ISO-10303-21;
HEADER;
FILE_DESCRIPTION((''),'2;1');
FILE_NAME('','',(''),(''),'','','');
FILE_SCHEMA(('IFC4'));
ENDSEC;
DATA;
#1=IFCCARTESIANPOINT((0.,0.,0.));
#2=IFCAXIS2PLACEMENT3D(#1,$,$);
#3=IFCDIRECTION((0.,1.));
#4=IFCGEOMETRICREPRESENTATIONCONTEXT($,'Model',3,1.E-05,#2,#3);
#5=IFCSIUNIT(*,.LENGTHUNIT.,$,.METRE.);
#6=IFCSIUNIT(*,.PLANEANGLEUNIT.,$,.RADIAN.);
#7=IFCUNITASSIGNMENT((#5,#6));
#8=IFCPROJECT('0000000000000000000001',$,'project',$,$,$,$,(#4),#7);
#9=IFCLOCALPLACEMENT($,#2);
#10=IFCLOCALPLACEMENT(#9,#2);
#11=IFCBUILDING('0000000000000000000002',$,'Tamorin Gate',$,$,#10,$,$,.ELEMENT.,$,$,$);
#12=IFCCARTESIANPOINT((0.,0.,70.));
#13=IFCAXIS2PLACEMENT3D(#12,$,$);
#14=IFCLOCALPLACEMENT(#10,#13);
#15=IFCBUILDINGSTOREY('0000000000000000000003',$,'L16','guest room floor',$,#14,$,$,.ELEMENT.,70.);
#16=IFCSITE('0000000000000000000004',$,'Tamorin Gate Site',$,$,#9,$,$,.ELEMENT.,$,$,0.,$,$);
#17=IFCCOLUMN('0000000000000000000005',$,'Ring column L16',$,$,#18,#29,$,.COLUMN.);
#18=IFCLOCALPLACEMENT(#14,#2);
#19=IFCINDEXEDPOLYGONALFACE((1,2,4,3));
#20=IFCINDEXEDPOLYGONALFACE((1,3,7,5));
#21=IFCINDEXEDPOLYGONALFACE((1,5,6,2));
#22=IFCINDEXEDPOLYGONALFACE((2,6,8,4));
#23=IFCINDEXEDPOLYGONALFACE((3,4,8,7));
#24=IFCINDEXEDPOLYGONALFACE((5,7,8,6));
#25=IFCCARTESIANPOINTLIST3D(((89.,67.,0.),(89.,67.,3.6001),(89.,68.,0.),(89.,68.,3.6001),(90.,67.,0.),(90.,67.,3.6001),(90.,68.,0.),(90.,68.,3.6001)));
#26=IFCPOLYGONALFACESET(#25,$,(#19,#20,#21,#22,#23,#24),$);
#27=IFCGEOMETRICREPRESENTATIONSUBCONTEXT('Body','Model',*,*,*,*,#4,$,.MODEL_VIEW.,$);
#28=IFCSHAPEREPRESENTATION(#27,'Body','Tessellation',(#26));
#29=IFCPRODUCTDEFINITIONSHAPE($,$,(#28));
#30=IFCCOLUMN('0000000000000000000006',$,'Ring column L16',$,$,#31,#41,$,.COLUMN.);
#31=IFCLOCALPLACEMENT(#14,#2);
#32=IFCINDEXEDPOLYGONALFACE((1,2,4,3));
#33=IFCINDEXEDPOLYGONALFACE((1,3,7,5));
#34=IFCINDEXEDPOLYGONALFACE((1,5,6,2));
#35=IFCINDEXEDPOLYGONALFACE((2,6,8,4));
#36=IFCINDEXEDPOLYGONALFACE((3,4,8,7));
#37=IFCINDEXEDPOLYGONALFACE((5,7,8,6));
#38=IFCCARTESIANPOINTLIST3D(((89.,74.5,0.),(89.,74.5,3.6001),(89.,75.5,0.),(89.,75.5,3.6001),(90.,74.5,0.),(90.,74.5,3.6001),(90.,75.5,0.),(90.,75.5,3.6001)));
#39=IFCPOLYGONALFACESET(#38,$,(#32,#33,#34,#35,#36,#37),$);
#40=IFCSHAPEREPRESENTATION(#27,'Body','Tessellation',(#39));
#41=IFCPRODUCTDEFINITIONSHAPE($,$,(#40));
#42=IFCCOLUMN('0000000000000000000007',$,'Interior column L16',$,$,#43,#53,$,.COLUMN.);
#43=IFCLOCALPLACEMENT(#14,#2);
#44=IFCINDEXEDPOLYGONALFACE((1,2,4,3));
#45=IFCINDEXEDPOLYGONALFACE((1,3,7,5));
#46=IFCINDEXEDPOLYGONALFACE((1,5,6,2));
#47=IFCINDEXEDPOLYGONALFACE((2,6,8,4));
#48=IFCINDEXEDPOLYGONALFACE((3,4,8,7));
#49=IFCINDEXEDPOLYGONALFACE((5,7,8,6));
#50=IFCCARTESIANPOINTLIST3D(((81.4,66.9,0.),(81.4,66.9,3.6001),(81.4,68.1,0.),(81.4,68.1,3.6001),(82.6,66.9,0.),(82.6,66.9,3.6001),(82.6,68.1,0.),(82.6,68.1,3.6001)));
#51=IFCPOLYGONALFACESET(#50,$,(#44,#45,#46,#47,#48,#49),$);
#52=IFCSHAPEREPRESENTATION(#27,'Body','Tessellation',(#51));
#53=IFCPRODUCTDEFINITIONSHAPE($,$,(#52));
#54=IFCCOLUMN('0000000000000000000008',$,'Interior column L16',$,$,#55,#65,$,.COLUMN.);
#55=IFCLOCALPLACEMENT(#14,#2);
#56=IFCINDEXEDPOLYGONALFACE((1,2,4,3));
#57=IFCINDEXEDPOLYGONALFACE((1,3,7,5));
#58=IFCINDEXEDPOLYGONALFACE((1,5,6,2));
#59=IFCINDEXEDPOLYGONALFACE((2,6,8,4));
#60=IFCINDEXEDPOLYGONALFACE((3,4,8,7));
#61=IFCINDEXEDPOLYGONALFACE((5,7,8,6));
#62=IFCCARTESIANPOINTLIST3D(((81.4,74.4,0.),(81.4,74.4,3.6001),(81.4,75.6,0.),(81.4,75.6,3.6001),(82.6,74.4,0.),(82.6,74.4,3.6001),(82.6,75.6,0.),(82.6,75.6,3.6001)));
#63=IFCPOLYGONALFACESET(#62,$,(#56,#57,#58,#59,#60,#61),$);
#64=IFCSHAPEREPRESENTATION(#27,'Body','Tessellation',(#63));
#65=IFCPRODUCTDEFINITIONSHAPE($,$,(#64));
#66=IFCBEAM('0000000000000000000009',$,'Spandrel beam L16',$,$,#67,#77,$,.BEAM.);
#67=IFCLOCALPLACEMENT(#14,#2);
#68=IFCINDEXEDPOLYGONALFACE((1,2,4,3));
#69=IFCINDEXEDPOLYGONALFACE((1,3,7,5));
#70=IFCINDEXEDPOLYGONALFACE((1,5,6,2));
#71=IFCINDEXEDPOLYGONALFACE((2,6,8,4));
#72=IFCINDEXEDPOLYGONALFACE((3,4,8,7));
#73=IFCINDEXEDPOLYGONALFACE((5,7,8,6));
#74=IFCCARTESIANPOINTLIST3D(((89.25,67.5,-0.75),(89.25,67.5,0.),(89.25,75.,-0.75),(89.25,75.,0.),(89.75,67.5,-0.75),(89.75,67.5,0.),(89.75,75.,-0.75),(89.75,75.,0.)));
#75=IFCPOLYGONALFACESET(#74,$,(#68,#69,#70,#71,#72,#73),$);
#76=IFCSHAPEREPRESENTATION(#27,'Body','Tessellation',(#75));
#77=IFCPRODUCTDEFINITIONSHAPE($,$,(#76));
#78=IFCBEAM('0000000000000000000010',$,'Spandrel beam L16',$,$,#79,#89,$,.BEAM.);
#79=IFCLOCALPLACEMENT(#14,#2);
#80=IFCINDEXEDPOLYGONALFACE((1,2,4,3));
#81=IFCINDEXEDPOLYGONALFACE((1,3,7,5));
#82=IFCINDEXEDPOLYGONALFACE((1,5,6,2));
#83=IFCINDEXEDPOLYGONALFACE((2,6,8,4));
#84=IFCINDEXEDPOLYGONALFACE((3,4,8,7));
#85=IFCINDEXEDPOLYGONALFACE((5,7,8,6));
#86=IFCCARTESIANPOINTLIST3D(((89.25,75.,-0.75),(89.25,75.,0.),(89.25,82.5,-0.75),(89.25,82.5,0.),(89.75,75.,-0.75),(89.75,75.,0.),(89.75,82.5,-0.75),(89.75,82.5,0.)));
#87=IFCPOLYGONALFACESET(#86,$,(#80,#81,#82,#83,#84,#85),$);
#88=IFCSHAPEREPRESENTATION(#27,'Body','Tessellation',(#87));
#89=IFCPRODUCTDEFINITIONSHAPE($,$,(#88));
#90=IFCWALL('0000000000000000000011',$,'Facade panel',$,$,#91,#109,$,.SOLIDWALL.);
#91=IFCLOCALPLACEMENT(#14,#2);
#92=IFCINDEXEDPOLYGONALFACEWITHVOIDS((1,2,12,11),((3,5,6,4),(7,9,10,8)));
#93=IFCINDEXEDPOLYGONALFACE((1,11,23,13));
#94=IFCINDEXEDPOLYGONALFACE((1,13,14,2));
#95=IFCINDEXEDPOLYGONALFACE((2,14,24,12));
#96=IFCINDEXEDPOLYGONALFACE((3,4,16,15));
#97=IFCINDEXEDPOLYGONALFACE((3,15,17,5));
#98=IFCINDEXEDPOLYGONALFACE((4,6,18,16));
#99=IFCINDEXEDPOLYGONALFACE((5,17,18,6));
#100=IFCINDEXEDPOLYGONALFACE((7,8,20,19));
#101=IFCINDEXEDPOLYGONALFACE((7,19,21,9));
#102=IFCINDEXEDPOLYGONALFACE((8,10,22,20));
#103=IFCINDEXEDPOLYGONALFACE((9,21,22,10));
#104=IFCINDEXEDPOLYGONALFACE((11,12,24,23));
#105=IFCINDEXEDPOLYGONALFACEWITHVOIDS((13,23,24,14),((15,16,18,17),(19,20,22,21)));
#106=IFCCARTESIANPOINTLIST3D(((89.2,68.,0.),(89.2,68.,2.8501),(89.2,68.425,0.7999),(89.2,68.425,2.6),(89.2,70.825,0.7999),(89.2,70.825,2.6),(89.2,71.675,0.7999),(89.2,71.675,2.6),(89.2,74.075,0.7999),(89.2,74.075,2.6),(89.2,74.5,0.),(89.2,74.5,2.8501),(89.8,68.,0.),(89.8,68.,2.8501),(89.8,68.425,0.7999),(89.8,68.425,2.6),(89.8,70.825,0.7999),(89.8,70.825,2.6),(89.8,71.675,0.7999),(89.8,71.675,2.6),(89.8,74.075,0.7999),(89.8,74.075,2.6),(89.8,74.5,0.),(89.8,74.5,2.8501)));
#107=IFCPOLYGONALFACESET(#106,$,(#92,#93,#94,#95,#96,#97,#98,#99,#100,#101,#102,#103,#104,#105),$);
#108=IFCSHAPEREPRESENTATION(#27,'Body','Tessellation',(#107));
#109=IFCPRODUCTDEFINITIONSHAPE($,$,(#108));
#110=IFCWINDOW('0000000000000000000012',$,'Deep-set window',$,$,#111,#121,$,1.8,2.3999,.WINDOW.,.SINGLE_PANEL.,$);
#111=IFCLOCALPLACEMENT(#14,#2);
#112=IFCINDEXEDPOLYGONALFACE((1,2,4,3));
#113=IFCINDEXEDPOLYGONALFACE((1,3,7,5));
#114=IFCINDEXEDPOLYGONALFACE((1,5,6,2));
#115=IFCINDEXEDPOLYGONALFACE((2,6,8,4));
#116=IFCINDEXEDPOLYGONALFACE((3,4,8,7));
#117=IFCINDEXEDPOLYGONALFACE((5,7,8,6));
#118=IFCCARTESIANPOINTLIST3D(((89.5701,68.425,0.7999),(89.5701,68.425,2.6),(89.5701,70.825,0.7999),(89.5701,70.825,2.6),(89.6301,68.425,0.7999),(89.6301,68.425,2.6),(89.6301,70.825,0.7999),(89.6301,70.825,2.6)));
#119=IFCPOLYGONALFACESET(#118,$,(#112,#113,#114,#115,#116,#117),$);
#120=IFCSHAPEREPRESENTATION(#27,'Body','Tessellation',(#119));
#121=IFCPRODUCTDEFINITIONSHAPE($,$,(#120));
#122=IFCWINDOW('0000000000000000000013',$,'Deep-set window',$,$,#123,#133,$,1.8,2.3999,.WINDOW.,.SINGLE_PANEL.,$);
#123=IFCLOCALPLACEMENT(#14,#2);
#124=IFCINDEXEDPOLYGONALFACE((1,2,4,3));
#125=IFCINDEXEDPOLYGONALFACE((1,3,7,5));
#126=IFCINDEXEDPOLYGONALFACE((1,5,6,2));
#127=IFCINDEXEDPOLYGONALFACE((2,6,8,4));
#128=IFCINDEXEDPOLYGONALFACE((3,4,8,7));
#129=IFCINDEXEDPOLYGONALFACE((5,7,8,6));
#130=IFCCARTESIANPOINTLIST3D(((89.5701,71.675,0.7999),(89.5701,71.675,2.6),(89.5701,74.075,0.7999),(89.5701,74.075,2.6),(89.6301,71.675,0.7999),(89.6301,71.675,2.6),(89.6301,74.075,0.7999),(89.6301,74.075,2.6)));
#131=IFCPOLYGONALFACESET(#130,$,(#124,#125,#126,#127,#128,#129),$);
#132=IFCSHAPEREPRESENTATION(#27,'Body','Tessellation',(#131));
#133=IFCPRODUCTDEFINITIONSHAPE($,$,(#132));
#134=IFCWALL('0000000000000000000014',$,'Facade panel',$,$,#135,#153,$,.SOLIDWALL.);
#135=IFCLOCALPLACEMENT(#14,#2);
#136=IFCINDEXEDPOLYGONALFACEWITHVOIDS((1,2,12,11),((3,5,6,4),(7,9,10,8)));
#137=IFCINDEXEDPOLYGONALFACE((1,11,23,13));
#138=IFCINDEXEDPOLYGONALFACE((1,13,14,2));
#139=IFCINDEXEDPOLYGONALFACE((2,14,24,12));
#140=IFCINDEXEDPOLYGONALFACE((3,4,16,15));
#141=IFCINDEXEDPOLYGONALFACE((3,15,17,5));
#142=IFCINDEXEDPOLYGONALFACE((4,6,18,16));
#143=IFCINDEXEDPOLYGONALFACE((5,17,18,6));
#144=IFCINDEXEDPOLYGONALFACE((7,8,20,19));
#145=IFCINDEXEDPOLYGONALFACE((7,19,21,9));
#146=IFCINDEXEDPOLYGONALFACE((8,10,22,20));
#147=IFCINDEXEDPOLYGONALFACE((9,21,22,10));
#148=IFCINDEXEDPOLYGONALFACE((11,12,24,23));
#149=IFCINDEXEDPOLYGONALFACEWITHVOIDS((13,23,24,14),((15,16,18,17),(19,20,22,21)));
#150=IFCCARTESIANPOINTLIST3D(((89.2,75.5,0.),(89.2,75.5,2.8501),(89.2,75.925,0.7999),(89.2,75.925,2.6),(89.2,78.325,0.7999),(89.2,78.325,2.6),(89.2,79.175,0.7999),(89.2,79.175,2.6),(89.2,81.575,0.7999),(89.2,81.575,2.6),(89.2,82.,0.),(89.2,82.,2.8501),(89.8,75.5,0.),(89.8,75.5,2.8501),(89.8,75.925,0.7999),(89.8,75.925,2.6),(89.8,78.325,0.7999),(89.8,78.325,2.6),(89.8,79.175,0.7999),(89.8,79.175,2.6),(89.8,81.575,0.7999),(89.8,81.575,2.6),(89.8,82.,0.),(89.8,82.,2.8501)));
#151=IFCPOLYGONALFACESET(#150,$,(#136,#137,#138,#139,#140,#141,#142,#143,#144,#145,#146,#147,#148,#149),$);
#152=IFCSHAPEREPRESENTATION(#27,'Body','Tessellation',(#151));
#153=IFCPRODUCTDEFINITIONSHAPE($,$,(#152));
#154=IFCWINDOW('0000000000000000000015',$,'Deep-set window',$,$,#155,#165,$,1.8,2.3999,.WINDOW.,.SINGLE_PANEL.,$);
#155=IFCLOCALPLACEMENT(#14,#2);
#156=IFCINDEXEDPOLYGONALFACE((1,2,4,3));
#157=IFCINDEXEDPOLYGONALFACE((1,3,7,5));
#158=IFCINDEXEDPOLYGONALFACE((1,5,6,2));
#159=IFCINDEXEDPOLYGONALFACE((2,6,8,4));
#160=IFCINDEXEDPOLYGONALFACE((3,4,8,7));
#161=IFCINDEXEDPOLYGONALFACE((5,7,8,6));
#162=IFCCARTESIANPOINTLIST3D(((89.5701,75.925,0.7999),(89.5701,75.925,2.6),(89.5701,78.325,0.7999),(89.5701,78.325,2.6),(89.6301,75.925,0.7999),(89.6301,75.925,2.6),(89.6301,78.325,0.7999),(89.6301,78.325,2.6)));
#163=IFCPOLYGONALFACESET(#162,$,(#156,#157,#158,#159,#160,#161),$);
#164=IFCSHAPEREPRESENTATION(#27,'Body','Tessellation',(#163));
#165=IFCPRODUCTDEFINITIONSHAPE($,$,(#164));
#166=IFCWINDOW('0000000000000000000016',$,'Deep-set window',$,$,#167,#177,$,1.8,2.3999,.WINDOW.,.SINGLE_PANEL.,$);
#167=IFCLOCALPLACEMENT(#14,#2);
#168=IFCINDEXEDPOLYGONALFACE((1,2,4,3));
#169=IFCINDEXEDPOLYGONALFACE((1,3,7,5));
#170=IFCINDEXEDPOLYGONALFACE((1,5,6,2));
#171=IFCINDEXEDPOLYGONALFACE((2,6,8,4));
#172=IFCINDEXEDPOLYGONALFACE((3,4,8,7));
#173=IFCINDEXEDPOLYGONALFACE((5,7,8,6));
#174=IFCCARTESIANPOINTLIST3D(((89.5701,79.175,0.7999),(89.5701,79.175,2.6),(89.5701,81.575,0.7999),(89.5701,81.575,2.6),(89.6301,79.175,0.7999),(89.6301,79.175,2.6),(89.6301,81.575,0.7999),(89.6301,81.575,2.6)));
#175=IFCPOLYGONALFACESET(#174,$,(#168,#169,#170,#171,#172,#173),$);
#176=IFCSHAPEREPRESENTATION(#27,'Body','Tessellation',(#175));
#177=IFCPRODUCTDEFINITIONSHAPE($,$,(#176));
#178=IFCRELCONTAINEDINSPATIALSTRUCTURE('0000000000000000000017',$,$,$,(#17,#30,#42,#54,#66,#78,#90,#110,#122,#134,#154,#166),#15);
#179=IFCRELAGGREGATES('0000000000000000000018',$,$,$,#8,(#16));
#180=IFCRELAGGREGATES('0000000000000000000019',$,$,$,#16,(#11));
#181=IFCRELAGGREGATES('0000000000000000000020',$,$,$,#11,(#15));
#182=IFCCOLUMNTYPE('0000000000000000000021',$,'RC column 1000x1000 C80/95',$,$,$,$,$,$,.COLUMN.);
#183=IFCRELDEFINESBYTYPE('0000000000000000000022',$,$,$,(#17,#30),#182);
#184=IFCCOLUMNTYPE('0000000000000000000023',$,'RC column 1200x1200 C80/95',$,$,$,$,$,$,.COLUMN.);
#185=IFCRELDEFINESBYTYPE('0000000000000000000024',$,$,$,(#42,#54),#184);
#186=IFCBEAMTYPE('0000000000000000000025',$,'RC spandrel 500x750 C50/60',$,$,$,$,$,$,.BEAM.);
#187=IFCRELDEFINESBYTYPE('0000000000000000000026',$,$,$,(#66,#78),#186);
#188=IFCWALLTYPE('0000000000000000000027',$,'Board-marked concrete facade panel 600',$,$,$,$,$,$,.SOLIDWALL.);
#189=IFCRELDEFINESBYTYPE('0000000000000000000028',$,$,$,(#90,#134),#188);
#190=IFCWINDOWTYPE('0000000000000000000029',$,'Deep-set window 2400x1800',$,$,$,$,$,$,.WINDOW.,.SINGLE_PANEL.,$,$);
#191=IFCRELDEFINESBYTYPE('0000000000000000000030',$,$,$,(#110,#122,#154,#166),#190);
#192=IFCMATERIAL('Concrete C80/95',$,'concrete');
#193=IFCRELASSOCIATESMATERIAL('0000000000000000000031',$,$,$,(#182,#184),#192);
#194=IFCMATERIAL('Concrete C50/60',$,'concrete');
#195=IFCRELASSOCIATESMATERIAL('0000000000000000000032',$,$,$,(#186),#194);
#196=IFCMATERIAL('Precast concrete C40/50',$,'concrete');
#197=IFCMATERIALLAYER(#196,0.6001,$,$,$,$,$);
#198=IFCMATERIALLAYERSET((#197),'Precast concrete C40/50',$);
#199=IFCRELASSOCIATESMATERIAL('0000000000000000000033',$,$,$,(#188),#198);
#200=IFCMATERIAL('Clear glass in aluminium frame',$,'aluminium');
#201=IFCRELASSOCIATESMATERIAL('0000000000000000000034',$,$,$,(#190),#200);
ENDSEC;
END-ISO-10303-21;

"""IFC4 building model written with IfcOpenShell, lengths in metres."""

from ifc_helpers import new_model, si_unit, direction, frame, frame_2d, origin, origin_2d, place, context, subcontext, project, spatial, rectangle, extrude, material, layer, layer_set, material_profile, profile_set, type_object, element, fill, save


model = new_model("IFC4")

# Units and contexts
model_context = context("Model", 3, precision=1e-05, world=origin(), true_north=direction((0.0, 1.0)))
body_context = subcontext(model_context, "Body", "Model", "MODEL_VIEW")
ifc_project = project(units=[si_unit("LENGTHUNIT", "METRE"), si_unit("PLANEANGLEUNIT", "RADIAN")], contexts=[model_context])

# Site, building, storey
site_placement = place(None, origin())
site = spatial("IfcSite", under=ifc_project, at=site_placement, Name="Tamorin Gate Site", CompositionType="ELEMENT", RefElevation=0.0)
building_placement = place(site_placement, origin())
building = spatial("IfcBuilding", under=site, at=building_placement, Name="Tamorin Gate", CompositionType="ELEMENT")
storey_placement = place(building_placement, frame((0.0, 0.0, 70.0)))
storey = spatial("IfcBuildingStorey", under=building, at=storey_placement, Name="L16", Description="guest room floor", CompositionType="ELEMENT", Elevation=70.0)

# Columns
ifc_material_1 = material(Name="Concrete C80/95", Category="concrete")
ifc_material_profile_1 = material_profile(ifc_material_1, rectangle(XDim=1.0, YDim=1.0, at=origin_2d()), Name="RC 1000x1000")
ifc_profile_set_1 = profile_set([ifc_material_profile_1], Name="Concrete C80/95")
column_type_1 = type_object("IfcColumnType", Name="RC column 1000x1000 C80/95", PredefinedType="COLUMN", material=ifc_profile_set_1)
for number, where, z_axis, x_axis, name in (
    (1, (89.5, 67.5, 0.0), (0.0, 0.0, 1.0), (1.0, 0.0, 0.0), "Ring column L16"),
    (2, (89.5, 75.0, 0.0), (0.0, 0.0, 1.0), (1.0, 0.0, 0.0), "Ring column L16"),
):
    element("IfcColumn", number, at=place(storey_placement, frame(where, z_axis=z_axis, x_axis=x_axis)), inside=storey, type_object=column_type_1, Name=name, PredefinedType="COLUMN", context=body_context, shape_type="SweptSolid", body=[
        extrude(rectangle(XDim=1.0, YDim=1.0, at=origin_2d()), origin(), (0.0, 0.0, 1.0), 3.6001),
    ])
ifc_material_profile_2 = material_profile(ifc_material_1, rectangle(XDim=1.2, YDim=1.2, at=origin_2d()), Name="RC 1200x1200")
ifc_profile_set_2 = profile_set([ifc_material_profile_2], Name="Concrete C80/95")
column_type_2 = type_object("IfcColumnType", Name="RC column 1200x1200 C80/95", PredefinedType="COLUMN", material=ifc_profile_set_2)
for number, where, z_axis, x_axis, name in (
    (3, (82.0, 67.5, 0.0), (0.0, 0.0, 1.0), (1.0, 0.0, 0.0), "Interior column L16"),
    (4, (82.0, 75.0, 0.0), (0.0, 0.0, 1.0), (1.0, 0.0, 0.0), "Interior column L16"),
):
    element("IfcColumn", number, at=place(storey_placement, frame(where, z_axis=z_axis, x_axis=x_axis)), inside=storey, type_object=column_type_2, Name=name, PredefinedType="COLUMN", context=body_context, shape_type="SweptSolid", body=[
        extrude(rectangle(XDim=1.2, YDim=1.2, at=origin_2d()), origin(), (0.0, 0.0, 1.0), 3.6001),
    ])

# Beams
ifc_material_2 = material(Name="Concrete C50/60", Category="concrete")
ifc_material_profile_3 = material_profile(ifc_material_2, rectangle(XDim=0.5, YDim=0.75, at=origin_2d()), Name="RC 500x750")
ifc_profile_set_3 = profile_set([ifc_material_profile_3], Name="Concrete C50/60")
beam_type = type_object("IfcBeamType", Name="RC spandrel 500x750 C50/60", PredefinedType="BEAM", material=ifc_profile_set_3)
for number, where, z_axis, x_axis, name in (
    (5, (89.5, 67.5, -0.375), (0.0, 1.0, 0.0), (-1.0, 0.0, 0.0), "Spandrel beam L16"),
    (6, (89.5, 75.0, -0.375), (0.0, 1.0, 0.0), (-1.0, 0.0, 0.0), "Spandrel beam L16"),
):
    element("IfcBeam", number, at=place(storey_placement, frame(where, z_axis=z_axis, x_axis=x_axis)), inside=storey, type_object=beam_type, Name=name, PredefinedType="BEAM", context=body_context, shape_type="SweptSolid", body=[
        extrude(rectangle(XDim=0.5, YDim=0.75, at=origin_2d()), origin(), (0.0, 0.0, 1.0), 7.5),
    ])

# Walls, openings, windows
ifc_material_3 = material(Name="Precast concrete C40/50", Category="concrete")
ifc_layer_1 = layer(ifc_material_3, 0.6001)
ifc_layer_set_1 = layer_set([ifc_layer_1], Name="Precast concrete C40/50")
wall_type_1 = type_object("IfcWallType", Name="Board-marked concrete facade panel 600", PredefinedType="SOLIDWALL", material=ifc_layer_set_1)
wall_1_placement = place(storey_placement, frame((89.5, 68.0, 0.0), z_axis=(0.0, 0.0, 1.0), x_axis=(0.0, 1.0, 0.0)))
wall_1 = element("IfcWall", 7, at=wall_1_placement, inside=storey, type_object=wall_type_1, Name="Facade panel", PredefinedType="SOLIDWALL", context=body_context, shape_type="SweptSolid", body=[
    extrude(rectangle(XDim=6.5, YDim=0.6001, at=frame_2d((3.25, 0.0))), origin(), (0.0, 0.0, 1.0), 2.8501),
])
opening_1_placement = place(wall_1_placement, frame((0.425, 0.0, 0.8)))
opening_1 = element("IfcOpeningElement", 8, at=opening_1_placement, cuts=wall_1, PredefinedType="OPENING", context=body_context, shape_type="SweptSolid", body=[
    extrude(rectangle(XDim=2.3999, YDim=1.8, at=frame_2d((1.2, 0.8999))), frame((0.0, 0.3101, 0.0), z_axis=(0.0, -1.0, 0.0), x_axis=(1.0, 0.0, 0.0)), (0.0, 0.0, 1.0), 0.6201),
])
opening_2_placement = place(wall_1_placement, frame((3.675, 0.0, 0.8)))
opening_2 = element("IfcOpeningElement", 9, at=opening_2_placement, cuts=wall_1, PredefinedType="OPENING", context=body_context, shape_type="SweptSolid", body=[
    extrude(rectangle(XDim=2.3999, YDim=1.8, at=frame_2d((1.2, 0.8999))), frame((0.0, 0.3101, 0.0), z_axis=(0.0, -1.0, 0.0), x_axis=(1.0, 0.0, 0.0)), (0.0, 0.0, 1.0), 0.6201),
])
ifc_material_4 = material(Name="Clear glass in aluminium frame", Category="aluminium")
window_type = type_object("IfcWindowType", Name="Deep-set window 2400x1800", PartitioningType="SINGLE_PANEL", PredefinedType="WINDOW", material=ifc_material_4)
window_1_placement = place(opening_1_placement, origin())
window_1 = element("IfcWindow", 10, at=window_1_placement, inside=storey, type_object=window_type, Name="Deep-set window", OverallHeight=1.8, OverallWidth=2.3999, PartitioningType="SINGLE_PANEL", PredefinedType="WINDOW", context=body_context, shape_type="SweptSolid", body=[
    extrude(rectangle(XDim=2.3999, YDim=1.8, at=frame_2d((1.2, 0.8999))), frame((0.0, -0.0701, 0.0), z_axis=(0.0, -1.0, 0.0), x_axis=(1.0, 0.0, 0.0)), (0.0, 0.0, 1.0), 0.0601),
])
fill(opening_1, window_1)
window_2_placement = place(opening_2_placement, origin())
window_2 = element("IfcWindow", 11, at=window_2_placement, inside=storey, type_object=window_type, Name="Deep-set window", OverallHeight=1.8, OverallWidth=2.3999, PartitioningType="SINGLE_PANEL", PredefinedType="WINDOW", context=body_context, shape_type="SweptSolid", body=[
    extrude(rectangle(XDim=2.3999, YDim=1.8, at=frame_2d((1.2, 0.8999))), frame((0.0, -0.0701, 0.0), z_axis=(0.0, -1.0, 0.0), x_axis=(1.0, 0.0, 0.0)), (0.0, 0.0, 1.0), 0.0601),
])
fill(opening_2, window_2)
wall_2_placement = place(storey_placement, frame((89.5, 75.5, 0.0), z_axis=(0.0, 0.0, 1.0), x_axis=(0.0, 1.0, 0.0)))
wall_2 = element("IfcWall", 12, at=wall_2_placement, inside=storey, type_object=wall_type_1, Name="Facade panel", PredefinedType="SOLIDWALL", context=body_context, shape_type="SweptSolid", body=[
    extrude(rectangle(XDim=6.5, YDim=0.6001, at=frame_2d((3.25, 0.0))), origin(), (0.0, 0.0, 1.0), 2.8501),
])
opening_3_placement = place(wall_2_placement, frame((0.425, 0.0, 0.8)))
opening_3 = element("IfcOpeningElement", 13, at=opening_3_placement, cuts=wall_2, PredefinedType="OPENING", context=body_context, shape_type="SweptSolid", body=[
    extrude(rectangle(XDim=2.3999, YDim=1.8, at=frame_2d((1.2, 0.8999))), frame((0.0, 0.3101, 0.0), z_axis=(0.0, -1.0, 0.0), x_axis=(1.0, 0.0, 0.0)), (0.0, 0.0, 1.0), 0.6201),
])
opening_4_placement = place(wall_2_placement, frame((3.675, 0.0, 0.8)))
opening_4 = element("IfcOpeningElement", 14, at=opening_4_placement, cuts=wall_2, PredefinedType="OPENING", context=body_context, shape_type="SweptSolid", body=[
    extrude(rectangle(XDim=2.3999, YDim=1.8, at=frame_2d((1.2, 0.8999))), frame((0.0, 0.3101, 0.0), z_axis=(0.0, -1.0, 0.0), x_axis=(1.0, 0.0, 0.0)), (0.0, 0.0, 1.0), 0.6201),
])
window_3_placement = place(opening_3_placement, origin())
window_3 = element("IfcWindow", 15, at=window_3_placement, inside=storey, type_object=window_type, Name="Deep-set window", OverallHeight=1.8, OverallWidth=2.3999, PartitioningType="SINGLE_PANEL", PredefinedType="WINDOW", context=body_context, shape_type="SweptSolid", body=[
    extrude(rectangle(XDim=2.3999, YDim=1.8, at=frame_2d((1.2, 0.8999))), frame((0.0, -0.0701, 0.0), z_axis=(0.0, -1.0, 0.0), x_axis=(1.0, 0.0, 0.0)), (0.0, 0.0, 1.0), 0.0601),
])
fill(opening_3, window_3)
window_4_placement = place(opening_4_placement, origin())
window_4 = element("IfcWindow", 16, at=window_4_placement, inside=storey, type_object=window_type, Name="Deep-set window", OverallHeight=1.8, OverallWidth=2.3999, PartitioningType="SINGLE_PANEL", PredefinedType="WINDOW", context=body_context, shape_type="SweptSolid", body=[
    extrude(rectangle(XDim=2.3999, YDim=1.8, at=frame_2d((1.2, 0.8999))), frame((0.0, -0.0701, 0.0), z_axis=(0.0, -1.0, 0.0), x_axis=(1.0, 0.0, 0.0)), (0.0, 0.0, 1.0), 0.0601),
])
fill(opening_4, window_4)

save(model, "model.ifc")
